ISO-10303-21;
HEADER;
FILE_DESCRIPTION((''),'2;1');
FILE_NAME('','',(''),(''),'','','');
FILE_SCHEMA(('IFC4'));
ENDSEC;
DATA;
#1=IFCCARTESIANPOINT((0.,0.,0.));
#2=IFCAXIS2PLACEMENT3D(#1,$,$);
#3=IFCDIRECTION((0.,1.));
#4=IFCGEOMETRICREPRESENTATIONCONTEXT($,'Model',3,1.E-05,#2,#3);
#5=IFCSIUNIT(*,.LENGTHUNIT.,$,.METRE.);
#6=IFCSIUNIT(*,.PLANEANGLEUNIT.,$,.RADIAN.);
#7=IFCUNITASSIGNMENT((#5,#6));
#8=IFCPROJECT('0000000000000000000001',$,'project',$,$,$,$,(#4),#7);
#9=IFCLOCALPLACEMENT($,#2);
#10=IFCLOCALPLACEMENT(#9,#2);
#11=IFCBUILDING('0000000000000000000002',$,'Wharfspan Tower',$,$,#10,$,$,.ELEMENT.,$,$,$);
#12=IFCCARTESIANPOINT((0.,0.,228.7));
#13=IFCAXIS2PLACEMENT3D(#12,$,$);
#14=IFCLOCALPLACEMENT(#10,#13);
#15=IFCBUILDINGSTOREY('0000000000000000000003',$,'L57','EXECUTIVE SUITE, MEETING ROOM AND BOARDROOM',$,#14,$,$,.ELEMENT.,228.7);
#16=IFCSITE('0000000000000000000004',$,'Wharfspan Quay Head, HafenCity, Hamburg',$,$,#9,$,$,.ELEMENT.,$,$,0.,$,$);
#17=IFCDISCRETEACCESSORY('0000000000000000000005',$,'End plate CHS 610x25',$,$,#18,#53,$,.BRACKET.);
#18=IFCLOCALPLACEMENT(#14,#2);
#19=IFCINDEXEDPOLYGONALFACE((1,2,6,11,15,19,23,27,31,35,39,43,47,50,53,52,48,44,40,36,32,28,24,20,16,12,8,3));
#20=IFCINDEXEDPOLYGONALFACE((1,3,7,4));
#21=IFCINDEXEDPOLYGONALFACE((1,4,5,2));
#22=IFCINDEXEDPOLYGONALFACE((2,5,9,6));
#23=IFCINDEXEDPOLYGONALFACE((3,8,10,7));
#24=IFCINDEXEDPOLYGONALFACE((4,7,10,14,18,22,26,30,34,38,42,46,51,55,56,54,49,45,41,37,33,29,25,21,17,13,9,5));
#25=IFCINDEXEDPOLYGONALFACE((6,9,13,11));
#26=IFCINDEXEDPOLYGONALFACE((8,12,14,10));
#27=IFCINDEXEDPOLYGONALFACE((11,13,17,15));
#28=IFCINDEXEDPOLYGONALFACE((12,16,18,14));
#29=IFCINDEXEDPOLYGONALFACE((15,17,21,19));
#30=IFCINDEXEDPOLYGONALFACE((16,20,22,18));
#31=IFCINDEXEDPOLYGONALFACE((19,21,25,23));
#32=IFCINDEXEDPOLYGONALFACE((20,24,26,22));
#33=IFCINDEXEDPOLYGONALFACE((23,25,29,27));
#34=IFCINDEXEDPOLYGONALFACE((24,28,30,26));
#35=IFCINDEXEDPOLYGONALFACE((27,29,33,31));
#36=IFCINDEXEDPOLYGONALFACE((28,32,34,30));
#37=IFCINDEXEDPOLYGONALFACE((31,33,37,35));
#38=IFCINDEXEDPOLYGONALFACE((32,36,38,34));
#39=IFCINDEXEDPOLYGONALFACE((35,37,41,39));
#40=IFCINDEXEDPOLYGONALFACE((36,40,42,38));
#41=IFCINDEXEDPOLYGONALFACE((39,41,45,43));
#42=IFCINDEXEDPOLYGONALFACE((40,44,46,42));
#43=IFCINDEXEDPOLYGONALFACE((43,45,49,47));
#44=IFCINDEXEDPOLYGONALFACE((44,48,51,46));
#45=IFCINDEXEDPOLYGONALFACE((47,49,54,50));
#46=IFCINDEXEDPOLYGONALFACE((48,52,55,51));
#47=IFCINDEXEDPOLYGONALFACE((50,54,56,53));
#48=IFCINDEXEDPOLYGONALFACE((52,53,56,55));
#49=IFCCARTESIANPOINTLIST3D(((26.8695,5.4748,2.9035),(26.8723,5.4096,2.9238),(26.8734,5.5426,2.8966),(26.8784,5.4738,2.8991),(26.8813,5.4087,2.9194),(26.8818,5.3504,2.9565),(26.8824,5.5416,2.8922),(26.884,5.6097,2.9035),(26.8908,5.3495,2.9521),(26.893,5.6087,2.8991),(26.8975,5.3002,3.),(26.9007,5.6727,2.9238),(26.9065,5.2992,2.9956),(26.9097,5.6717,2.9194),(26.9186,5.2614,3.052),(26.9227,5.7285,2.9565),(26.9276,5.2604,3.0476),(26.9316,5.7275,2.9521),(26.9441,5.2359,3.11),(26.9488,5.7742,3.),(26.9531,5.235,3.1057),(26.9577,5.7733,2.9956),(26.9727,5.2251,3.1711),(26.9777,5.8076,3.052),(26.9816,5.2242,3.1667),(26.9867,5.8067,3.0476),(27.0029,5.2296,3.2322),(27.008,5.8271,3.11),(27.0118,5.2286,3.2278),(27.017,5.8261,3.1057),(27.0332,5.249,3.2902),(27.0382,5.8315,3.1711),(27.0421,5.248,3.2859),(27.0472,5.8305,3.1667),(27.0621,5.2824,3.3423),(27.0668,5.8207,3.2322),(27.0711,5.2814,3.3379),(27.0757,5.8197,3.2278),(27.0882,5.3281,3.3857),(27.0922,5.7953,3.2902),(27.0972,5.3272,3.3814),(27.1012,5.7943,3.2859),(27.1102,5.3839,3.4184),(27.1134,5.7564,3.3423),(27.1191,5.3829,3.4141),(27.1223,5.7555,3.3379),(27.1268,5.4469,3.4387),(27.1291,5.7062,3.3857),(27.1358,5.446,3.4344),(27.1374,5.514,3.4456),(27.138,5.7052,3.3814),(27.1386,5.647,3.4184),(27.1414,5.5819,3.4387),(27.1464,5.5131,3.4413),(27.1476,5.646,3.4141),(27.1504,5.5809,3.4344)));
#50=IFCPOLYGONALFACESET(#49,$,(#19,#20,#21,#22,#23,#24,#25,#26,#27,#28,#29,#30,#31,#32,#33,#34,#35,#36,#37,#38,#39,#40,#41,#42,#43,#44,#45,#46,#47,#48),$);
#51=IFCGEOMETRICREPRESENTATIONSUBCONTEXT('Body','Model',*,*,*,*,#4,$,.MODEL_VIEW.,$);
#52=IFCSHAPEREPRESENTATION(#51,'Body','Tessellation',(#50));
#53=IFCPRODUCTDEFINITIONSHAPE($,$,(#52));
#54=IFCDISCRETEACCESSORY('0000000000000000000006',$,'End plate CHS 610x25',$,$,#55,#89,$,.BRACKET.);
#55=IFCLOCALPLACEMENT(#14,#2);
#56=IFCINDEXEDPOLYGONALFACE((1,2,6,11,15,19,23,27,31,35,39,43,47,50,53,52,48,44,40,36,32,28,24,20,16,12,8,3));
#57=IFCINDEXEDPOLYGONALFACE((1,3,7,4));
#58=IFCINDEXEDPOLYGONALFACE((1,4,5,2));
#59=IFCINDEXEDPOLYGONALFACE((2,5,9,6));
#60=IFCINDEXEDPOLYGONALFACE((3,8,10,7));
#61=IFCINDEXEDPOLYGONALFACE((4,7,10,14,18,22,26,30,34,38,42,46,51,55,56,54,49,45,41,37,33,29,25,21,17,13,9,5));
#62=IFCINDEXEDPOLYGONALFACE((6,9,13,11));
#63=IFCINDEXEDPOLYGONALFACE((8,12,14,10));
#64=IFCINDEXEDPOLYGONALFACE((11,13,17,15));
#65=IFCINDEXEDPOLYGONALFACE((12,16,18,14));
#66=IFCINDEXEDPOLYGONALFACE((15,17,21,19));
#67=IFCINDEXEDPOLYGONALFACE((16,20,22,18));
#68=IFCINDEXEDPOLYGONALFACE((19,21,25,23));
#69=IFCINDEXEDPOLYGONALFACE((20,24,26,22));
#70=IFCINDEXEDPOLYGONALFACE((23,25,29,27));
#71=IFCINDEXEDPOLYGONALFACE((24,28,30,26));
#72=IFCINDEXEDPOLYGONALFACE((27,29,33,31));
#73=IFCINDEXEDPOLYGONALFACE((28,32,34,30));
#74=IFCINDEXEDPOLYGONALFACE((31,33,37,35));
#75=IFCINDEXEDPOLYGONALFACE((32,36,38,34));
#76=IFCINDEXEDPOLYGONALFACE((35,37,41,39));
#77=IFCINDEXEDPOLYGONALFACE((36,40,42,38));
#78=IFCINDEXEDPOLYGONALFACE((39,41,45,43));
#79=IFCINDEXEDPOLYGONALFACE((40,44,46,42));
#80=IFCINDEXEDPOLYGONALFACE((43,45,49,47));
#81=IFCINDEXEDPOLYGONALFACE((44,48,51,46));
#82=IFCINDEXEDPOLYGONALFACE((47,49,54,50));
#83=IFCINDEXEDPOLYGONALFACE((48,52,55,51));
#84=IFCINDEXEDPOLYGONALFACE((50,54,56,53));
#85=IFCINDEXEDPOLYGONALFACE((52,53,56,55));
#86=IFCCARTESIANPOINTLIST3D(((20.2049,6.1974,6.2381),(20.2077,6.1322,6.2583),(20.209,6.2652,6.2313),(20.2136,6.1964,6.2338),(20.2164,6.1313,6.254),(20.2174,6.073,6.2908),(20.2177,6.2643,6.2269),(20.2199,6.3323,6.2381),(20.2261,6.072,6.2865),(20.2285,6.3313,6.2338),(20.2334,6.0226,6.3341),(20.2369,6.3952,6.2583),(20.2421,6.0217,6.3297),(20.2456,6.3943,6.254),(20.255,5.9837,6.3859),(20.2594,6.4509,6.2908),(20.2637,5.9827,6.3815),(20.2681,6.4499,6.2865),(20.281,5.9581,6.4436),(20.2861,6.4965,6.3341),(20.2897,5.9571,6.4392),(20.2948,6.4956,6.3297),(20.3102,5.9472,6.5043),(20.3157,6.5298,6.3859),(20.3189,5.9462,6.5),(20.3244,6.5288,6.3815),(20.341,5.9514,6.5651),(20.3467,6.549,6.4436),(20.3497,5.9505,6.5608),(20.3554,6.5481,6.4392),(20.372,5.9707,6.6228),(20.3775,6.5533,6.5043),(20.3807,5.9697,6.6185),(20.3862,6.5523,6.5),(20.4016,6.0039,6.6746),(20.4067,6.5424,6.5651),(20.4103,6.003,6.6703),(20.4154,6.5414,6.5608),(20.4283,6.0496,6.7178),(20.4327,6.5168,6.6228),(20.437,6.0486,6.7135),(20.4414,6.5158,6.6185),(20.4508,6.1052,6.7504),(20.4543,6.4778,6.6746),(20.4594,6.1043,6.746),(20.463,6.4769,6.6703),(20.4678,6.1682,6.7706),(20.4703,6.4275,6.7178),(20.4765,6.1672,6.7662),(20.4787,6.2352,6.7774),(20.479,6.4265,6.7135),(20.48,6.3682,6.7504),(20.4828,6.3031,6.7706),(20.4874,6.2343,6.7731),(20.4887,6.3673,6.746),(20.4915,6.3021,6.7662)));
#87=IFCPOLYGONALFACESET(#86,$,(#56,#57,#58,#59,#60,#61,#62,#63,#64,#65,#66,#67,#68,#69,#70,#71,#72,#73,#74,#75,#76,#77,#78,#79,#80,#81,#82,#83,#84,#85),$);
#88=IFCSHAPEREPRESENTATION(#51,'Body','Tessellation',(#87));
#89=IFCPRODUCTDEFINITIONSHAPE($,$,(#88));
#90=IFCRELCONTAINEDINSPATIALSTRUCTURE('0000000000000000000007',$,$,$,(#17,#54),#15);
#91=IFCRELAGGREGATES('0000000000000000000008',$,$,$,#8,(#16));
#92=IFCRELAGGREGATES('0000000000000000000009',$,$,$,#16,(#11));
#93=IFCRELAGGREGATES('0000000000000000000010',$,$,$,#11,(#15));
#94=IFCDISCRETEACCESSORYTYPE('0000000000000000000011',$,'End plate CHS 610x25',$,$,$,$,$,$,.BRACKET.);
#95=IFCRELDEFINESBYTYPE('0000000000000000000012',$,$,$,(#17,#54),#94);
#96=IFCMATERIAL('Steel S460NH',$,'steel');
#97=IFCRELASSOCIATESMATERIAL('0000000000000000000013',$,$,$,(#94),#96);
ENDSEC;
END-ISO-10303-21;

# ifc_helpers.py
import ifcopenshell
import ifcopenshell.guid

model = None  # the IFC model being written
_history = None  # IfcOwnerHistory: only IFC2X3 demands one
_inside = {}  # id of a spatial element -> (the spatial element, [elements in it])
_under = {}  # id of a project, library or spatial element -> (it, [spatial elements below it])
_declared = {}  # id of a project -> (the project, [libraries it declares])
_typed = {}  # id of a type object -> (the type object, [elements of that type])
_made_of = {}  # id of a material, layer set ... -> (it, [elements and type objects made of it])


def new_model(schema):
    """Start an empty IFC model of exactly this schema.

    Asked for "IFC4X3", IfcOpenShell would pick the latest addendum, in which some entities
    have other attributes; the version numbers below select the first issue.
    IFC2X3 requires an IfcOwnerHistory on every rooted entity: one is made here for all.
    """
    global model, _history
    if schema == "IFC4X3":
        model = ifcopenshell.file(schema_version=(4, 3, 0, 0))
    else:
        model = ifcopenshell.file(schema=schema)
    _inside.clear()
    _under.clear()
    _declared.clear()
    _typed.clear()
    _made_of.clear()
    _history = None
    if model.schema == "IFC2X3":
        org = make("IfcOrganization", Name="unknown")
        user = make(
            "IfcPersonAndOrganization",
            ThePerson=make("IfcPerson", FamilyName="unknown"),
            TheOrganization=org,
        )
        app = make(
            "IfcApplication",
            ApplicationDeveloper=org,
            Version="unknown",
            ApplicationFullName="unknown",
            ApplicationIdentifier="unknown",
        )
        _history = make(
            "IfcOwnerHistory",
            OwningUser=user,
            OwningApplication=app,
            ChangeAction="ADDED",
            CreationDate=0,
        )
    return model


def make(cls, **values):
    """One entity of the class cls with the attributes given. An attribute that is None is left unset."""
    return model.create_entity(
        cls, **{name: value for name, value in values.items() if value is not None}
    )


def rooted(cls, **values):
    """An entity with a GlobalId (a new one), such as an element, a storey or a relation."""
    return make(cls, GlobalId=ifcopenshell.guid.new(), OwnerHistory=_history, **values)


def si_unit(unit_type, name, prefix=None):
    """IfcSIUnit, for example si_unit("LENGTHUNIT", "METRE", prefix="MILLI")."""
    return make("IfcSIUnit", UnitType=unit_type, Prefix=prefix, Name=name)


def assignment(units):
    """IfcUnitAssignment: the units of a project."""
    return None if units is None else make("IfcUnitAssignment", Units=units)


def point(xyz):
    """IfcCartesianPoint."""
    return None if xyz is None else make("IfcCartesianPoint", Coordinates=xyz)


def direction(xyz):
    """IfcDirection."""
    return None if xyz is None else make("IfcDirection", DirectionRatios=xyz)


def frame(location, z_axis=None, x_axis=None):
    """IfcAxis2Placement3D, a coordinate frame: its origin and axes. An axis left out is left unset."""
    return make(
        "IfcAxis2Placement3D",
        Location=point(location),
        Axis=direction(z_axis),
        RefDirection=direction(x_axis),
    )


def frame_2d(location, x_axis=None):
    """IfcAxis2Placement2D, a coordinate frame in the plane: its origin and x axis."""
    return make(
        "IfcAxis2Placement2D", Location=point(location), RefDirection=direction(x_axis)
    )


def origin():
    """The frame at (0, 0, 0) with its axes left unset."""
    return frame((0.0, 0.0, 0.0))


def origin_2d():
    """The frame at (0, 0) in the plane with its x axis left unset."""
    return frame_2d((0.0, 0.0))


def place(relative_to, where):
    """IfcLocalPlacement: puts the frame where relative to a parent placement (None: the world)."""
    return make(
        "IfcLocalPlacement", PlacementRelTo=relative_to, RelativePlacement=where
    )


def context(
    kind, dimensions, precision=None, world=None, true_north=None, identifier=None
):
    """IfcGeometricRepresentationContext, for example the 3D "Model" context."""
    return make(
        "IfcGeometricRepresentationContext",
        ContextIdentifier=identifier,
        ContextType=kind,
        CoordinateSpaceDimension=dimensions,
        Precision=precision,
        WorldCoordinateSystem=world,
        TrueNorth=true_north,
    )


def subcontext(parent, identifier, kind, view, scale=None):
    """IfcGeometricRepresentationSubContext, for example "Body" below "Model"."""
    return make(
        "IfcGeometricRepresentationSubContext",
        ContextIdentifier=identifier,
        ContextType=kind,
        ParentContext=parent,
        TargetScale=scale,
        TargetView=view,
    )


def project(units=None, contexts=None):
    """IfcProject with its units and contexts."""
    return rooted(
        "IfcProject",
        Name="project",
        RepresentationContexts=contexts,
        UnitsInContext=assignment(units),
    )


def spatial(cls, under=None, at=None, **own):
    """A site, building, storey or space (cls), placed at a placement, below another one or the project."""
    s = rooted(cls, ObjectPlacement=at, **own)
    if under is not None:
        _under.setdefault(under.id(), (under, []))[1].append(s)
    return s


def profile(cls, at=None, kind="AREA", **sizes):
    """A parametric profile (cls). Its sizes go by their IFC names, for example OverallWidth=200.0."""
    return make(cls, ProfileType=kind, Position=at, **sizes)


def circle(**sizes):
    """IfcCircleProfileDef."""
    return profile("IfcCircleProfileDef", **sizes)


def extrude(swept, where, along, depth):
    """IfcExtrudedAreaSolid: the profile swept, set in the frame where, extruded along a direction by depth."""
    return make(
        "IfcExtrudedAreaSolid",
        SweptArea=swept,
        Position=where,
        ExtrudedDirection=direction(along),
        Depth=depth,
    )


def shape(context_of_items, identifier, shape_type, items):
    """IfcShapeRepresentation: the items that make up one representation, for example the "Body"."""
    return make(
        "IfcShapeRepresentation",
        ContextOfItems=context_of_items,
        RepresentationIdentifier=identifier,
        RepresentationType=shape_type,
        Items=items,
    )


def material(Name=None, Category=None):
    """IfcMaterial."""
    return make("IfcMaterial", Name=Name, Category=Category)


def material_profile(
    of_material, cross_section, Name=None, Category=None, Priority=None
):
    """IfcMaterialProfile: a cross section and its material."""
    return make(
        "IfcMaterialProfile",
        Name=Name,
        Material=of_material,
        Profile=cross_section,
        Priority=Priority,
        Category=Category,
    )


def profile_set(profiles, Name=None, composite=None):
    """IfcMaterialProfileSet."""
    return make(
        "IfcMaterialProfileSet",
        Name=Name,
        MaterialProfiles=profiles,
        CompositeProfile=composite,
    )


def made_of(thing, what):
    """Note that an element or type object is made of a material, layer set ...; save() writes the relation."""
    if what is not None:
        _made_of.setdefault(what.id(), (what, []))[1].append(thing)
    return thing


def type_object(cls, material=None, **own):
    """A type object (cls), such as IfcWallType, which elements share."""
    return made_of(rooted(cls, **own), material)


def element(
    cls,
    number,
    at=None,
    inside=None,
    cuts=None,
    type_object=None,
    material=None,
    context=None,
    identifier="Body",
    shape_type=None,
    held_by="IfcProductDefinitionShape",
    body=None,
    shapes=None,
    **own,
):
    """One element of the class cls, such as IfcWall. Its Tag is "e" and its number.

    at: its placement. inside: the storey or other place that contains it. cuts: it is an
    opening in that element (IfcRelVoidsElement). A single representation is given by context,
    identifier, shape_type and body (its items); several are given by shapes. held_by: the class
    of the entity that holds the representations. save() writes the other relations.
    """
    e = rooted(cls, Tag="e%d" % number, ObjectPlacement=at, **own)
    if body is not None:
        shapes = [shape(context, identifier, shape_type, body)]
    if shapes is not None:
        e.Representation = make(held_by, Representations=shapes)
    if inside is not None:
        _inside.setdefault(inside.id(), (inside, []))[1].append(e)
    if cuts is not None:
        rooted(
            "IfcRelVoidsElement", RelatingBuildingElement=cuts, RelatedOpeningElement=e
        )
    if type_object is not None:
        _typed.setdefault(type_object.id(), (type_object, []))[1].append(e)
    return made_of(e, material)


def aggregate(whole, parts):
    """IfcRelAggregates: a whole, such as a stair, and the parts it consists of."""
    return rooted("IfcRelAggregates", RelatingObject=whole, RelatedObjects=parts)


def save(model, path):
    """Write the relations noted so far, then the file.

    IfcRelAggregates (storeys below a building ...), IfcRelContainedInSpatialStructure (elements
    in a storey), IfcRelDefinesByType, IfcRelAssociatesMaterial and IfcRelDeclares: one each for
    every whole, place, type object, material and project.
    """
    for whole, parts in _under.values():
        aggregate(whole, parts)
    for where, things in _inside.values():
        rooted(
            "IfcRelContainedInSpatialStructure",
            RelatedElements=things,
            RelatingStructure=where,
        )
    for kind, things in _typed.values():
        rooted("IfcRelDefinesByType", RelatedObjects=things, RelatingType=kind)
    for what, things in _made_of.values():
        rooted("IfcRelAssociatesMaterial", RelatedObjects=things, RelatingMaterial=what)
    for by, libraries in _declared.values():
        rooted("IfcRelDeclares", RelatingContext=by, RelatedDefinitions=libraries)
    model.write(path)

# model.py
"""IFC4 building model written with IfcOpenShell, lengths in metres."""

from ifc_helpers import new_model, si_unit, direction, frame, origin, origin_2d, place, context, subcontext, project, spatial, circle, extrude, material, material_profile, profile_set, type_object, element, save


model = new_model("IFC4")

# Units and contexts
model_context = context("Model", 3, precision=1e-05, world=origin(), true_north=direction((0.0, 1.0)))
body_context = subcontext(model_context, "Body", "Model", "MODEL_VIEW")
ifc_project = project(units=[si_unit("LENGTHUNIT", "METRE"), si_unit("PLANEANGLEUNIT", "RADIAN")], contexts=[model_context])

# Site, building, storey
site_placement = place(None, origin())
site = spatial("IfcSite", under=ifc_project, at=site_placement, Name="Wharfspan Quay Head, HafenCity, Hamburg", CompositionType="ELEMENT", RefElevation=0.0)
building_placement = place(site_placement, origin())
building = spatial("IfcBuilding", under=site, at=building_placement, Name="Wharfspan Tower", CompositionType="ELEMENT")
storey_placement = place(building_placement, frame((0.0, 0.0, 228.7)))
storey = spatial("IfcBuildingStorey", under=building, at=storey_placement, Name="L57", Description="EXECUTIVE SUITE, MEETING ROOM AND BOARDROOM", CompositionType="ELEMENT", Elevation=228.7)

# Shared definitions
ifc_material_1 = material(Name="Steel S460NH", Category="steel")

# Discrete accessories
ifc_material_profile_1 = material_profile(ifc_material_1, circle(Radius=0.3049, at=origin_2d()))
ifc_profile_set_1 = profile_set([ifc_material_profile_1], Name="Steel S460NH")
discrete_accessory_type = type_object("IfcDiscreteAccessoryType", Name="End plate CHS 610x25", PredefinedType="BRACKET", material=ifc_profile_set_1)
discrete_accessory_1_placement = place(storey_placement, frame((27.0144, 5.5273, 3.1667), z_axis=(-0.895016, 0.096758, 0.435413), x_axis=(-0.107482, -0.994209, -0.000001)))
element("IfcDiscreteAccessory", 1, at=discrete_accessory_1_placement, inside=storey, type_object=discrete_accessory_type, Name="End plate CHS 610x25", PredefinedType="BRACKET", context=body_context, shape_type="SweptSolid", body=[
    extrude(circle(Radius=0.3049, at=origin_2d()), origin(), (0.0, 0.0, 1.0), 0.01),
])
discrete_accessory_2_placement = place(storey_placement, frame((20.3525, 6.2493, 6.5), z_axis=(-0.890043, 0.098894, 0.445021), x_axis=(-0.110431, -0.99388, 0.000001)))
element("IfcDiscreteAccessory", 2, at=discrete_accessory_2_placement, inside=storey, type_object=discrete_accessory_type, Name="End plate CHS 610x25", PredefinedType="BRACKET", context=body_context, shape_type="SweptSolid", body=[
    extrude(circle(Radius=0.3049, at=origin_2d()), origin(), (0.0, 0.0, 1.0), 0.0098),
])

save(model, "model.ifc")
